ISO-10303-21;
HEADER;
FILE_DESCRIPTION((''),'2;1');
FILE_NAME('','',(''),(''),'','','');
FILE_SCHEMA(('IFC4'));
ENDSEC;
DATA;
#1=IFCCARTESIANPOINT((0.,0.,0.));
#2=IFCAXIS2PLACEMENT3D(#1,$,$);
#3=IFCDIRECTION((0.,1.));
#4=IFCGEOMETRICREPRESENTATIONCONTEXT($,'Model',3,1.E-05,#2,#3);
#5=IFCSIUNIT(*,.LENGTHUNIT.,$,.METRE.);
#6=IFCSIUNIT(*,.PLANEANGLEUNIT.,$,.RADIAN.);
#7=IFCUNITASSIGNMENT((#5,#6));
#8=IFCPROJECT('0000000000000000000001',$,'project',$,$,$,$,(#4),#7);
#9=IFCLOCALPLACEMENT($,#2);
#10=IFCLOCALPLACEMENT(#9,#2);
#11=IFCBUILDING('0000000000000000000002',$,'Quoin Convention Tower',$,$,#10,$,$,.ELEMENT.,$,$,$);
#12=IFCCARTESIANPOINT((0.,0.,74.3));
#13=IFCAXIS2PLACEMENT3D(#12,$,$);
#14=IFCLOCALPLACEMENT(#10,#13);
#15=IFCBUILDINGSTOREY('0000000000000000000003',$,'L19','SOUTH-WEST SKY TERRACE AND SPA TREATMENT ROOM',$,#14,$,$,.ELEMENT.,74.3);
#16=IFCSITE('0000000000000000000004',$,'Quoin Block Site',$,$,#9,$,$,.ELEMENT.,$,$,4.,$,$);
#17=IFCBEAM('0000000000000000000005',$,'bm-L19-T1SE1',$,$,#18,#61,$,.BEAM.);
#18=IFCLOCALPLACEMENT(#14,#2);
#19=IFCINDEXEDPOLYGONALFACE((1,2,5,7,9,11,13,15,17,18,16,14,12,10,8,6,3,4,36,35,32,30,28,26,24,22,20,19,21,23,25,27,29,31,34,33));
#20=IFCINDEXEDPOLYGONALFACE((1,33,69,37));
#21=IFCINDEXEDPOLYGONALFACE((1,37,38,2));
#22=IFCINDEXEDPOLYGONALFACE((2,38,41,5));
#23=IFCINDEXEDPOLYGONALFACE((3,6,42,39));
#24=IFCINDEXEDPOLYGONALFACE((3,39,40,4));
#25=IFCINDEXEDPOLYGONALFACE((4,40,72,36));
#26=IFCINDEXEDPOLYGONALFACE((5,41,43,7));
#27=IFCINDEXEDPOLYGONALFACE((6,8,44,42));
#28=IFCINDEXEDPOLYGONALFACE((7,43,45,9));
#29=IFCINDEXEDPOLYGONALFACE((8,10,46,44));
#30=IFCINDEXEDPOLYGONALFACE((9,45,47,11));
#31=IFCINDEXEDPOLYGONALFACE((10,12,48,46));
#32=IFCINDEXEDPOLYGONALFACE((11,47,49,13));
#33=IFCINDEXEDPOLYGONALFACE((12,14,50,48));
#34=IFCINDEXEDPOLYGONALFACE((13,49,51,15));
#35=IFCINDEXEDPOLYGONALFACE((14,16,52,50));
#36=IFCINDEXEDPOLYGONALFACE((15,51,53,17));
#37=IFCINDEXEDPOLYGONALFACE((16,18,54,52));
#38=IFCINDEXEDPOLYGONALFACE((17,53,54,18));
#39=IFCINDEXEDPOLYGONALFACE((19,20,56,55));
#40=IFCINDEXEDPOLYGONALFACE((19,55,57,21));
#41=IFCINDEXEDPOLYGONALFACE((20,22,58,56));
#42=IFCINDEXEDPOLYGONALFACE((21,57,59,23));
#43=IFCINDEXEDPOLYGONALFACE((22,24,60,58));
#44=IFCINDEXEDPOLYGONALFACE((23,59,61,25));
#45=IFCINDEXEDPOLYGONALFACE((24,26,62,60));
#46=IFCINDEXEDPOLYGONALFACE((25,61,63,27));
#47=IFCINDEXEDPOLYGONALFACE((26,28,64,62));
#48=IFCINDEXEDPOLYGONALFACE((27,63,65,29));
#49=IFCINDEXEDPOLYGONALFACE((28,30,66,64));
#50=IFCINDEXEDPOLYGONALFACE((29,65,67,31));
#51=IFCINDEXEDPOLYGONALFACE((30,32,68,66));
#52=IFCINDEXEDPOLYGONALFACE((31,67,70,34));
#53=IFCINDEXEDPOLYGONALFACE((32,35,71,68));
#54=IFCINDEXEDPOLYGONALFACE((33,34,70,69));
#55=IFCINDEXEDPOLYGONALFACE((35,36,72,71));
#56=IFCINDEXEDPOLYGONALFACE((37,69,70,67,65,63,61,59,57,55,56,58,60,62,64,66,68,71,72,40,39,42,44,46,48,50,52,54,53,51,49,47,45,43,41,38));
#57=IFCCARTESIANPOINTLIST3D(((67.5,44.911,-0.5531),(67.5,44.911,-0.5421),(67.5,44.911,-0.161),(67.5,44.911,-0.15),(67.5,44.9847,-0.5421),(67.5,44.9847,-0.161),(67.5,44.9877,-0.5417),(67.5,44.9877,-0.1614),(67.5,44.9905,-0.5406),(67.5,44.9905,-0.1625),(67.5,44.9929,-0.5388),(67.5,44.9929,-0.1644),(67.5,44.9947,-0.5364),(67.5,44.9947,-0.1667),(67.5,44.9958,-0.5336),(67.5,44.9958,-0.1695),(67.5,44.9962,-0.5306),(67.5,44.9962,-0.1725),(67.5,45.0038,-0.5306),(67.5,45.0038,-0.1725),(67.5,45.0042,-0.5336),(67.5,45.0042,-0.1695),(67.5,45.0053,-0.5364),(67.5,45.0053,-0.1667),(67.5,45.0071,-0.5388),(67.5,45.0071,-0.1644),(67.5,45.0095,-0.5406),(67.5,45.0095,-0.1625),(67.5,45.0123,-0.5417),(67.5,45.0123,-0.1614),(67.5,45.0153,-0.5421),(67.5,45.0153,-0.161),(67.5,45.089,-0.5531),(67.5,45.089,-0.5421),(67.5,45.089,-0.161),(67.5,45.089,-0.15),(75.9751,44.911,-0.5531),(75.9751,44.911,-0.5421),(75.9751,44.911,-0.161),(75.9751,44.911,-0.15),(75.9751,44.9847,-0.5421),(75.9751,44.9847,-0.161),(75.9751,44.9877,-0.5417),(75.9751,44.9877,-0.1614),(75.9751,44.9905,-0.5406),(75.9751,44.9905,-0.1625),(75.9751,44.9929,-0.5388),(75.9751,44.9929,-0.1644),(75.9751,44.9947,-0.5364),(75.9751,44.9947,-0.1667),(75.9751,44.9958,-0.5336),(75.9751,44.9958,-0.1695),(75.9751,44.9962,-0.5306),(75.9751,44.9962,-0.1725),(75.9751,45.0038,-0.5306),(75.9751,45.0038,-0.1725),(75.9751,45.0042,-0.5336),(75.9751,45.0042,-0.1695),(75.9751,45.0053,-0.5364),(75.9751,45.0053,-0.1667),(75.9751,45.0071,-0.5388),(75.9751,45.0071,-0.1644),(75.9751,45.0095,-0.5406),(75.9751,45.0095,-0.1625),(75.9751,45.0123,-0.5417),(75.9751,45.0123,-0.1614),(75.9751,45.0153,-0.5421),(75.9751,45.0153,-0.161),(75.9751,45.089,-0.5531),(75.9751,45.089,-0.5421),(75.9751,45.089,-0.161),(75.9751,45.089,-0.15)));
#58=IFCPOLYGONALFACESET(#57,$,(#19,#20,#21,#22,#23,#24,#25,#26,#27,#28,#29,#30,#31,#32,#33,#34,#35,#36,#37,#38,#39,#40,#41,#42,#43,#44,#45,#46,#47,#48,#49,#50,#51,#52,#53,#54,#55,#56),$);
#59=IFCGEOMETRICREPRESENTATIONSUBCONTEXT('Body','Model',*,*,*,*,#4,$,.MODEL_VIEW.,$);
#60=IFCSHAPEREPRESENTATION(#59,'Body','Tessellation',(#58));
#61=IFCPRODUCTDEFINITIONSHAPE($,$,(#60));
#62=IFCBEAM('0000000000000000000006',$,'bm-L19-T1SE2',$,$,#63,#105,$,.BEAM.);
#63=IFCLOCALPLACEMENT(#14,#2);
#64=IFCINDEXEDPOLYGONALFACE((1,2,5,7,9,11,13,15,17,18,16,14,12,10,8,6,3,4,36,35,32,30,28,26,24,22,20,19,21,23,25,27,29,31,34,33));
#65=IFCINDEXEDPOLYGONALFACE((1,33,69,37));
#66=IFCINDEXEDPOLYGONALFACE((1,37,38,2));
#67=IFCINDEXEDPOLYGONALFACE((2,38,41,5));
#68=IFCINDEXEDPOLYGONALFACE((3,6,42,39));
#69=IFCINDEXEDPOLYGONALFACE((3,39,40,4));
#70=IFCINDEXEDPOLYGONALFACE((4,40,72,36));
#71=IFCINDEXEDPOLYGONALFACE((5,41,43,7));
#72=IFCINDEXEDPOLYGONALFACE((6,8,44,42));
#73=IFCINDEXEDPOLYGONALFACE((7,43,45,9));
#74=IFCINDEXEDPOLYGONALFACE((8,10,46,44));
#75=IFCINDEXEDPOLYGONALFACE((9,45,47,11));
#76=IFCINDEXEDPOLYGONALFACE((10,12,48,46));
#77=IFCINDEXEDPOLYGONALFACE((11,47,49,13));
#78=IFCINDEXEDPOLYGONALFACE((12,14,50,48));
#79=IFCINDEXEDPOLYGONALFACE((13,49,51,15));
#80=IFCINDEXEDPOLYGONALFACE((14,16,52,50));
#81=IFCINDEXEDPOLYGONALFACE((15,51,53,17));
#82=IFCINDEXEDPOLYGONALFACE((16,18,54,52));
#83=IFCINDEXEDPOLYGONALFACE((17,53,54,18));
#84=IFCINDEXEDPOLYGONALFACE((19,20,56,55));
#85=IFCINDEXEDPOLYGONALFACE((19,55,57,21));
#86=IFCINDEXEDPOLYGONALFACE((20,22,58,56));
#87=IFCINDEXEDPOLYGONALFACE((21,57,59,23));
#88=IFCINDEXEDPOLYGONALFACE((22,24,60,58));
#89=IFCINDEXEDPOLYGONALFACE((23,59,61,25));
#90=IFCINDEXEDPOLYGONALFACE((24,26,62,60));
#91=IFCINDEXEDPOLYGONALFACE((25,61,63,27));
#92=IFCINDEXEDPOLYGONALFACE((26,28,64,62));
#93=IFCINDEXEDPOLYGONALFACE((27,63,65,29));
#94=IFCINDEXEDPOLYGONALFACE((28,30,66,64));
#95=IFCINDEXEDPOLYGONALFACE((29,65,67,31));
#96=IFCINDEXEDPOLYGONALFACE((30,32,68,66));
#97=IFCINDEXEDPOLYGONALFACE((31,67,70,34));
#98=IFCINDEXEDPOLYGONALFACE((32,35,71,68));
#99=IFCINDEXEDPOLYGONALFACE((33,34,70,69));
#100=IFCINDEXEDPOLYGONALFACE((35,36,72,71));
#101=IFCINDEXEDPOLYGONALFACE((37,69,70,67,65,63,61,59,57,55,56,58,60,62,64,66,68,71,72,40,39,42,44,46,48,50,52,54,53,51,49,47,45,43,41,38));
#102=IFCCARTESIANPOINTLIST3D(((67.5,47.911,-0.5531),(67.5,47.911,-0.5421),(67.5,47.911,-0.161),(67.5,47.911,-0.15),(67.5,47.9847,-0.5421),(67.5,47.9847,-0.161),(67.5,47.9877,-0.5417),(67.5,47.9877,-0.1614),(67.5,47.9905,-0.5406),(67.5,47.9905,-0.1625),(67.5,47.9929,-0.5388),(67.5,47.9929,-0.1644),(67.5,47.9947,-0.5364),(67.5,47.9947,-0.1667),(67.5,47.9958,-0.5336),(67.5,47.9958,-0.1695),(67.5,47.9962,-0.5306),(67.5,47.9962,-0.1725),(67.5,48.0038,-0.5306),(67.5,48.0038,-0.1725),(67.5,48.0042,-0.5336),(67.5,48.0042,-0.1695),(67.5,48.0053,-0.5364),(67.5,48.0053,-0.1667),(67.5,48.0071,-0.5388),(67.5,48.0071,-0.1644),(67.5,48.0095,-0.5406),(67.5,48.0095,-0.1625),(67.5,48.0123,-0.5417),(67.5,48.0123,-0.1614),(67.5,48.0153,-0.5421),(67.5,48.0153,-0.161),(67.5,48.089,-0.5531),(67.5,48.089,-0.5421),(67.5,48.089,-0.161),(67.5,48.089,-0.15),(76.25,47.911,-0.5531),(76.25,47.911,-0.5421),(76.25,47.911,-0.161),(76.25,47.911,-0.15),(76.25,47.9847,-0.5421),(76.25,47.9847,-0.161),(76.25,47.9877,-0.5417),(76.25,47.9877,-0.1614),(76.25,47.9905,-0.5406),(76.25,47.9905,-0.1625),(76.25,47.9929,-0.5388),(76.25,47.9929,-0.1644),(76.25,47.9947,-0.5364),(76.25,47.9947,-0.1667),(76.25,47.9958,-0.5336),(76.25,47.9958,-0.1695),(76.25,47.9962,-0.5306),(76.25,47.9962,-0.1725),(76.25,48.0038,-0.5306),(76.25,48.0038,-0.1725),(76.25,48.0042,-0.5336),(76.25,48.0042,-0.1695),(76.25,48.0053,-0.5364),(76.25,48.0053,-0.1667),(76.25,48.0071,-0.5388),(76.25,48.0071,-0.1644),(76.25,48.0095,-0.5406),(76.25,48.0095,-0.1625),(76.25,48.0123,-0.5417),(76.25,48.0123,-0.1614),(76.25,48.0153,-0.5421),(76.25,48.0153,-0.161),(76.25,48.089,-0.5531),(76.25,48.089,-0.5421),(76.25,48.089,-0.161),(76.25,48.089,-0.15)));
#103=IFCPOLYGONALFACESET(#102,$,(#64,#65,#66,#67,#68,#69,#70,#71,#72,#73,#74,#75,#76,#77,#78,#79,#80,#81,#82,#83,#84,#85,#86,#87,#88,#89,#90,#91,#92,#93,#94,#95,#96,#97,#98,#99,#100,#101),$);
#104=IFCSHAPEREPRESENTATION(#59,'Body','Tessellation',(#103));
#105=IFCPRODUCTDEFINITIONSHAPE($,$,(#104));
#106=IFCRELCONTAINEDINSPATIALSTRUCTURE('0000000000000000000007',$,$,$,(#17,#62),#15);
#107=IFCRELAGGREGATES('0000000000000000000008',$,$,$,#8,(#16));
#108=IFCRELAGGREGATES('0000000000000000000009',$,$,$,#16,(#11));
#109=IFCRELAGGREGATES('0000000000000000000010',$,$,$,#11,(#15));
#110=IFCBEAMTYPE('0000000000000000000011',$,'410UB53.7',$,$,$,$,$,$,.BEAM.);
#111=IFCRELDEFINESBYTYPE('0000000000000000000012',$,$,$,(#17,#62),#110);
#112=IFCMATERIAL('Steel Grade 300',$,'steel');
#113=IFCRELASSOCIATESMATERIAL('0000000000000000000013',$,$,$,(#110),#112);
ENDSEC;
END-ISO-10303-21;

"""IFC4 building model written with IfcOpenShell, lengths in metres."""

from ifc_helpers import new_model, si_unit, direction, frame, origin, origin_2d, place, context, subcontext, project, spatial, i_section, extrude, material, material_profile, profile_set, type_object, element, save


model = new_model("IFC4")

# Units and contexts
model_context = context("Model", 3, precision=1e-05, world=origin(), true_north=direction((0.0, 1.0)))
body_context = subcontext(model_context, "Body", "Model", "MODEL_VIEW")
ifc_project = project(units=[si_unit("LENGTHUNIT", "METRE"), si_unit("PLANEANGLEUNIT", "RADIAN")], contexts=[model_context])

# Site, building, storey
site_placement = place(None, origin())
site = spatial("IfcSite", under=ifc_project, at=site_placement, Name="Quoin Block Site", CompositionType="ELEMENT", RefElevation=4.0)
building_placement = place(site_placement, origin())
building = spatial("IfcBuilding", under=site, at=building_placement, Name="Quoin Convention Tower", CompositionType="ELEMENT")
storey_placement = place(building_placement, frame((0.0, 0.0, 74.3)))
storey = spatial("IfcBuildingStorey", under=building, at=storey_placement, Name="L19", Description="SOUTH-WEST SKY TERRACE AND SPA TREATMENT ROOM", CompositionType="ELEMENT", Elevation=74.3)

# Beams
ifc_material_1 = material(Name="Steel Grade 300", Category="steel")
ifc_material_profile_1 = material_profile(ifc_material_1, i_section(OverallWidth=0.178, OverallDepth=0.4031, WebThickness=0.0076, FlangeThickness=0.011, FilletRadius=0.0115, at=origin_2d()), Name="410UB53.7")
ifc_profile_set_1 = profile_set([ifc_material_profile_1], Name="Steel Grade 300")
beam_type = type_object("IfcBeamType", Name="410UB53.7", PredefinedType="BEAM", material=ifc_profile_set_1)
beam_1_placement = place(storey_placement, frame((67.5, 45.0, -0.3516), z_axis=(1.0, 0.0, 0.0), x_axis=(0.0, 1.0, 0.0)))
element("IfcBeam", 1, at=beam_1_placement, inside=storey, type_object=beam_type, Name="bm-L19-T1SE1", PredefinedType="BEAM", context=body_context, shape_type="SweptSolid", body=[
    extrude(i_section(OverallWidth=0.178, OverallDepth=0.4031, WebThickness=0.0076, FlangeThickness=0.011, FilletRadius=0.0115, at=origin_2d()), origin(), (0.0, 0.0, 1.0), 8.4751),
])
beam_2_placement = place(storey_placement, frame((67.5, 48.0, -0.3516), z_axis=(1.0, 0.0, 0.0), x_axis=(0.0, 1.0, 0.0)))
element("IfcBeam", 2, at=beam_2_placement, inside=storey, type_object=beam_type, Name="bm-L19-T1SE2", PredefinedType="BEAM", context=body_context, shape_type="SweptSolid", body=[
    extrude(i_section(OverallWidth=0.178, OverallDepth=0.4031, WebThickness=0.0076, FlangeThickness=0.011, FilletRadius=0.0115, at=origin_2d()), origin(), (0.0, 0.0, 1.0), 8.75),
])

save(model, "model.ifc")
